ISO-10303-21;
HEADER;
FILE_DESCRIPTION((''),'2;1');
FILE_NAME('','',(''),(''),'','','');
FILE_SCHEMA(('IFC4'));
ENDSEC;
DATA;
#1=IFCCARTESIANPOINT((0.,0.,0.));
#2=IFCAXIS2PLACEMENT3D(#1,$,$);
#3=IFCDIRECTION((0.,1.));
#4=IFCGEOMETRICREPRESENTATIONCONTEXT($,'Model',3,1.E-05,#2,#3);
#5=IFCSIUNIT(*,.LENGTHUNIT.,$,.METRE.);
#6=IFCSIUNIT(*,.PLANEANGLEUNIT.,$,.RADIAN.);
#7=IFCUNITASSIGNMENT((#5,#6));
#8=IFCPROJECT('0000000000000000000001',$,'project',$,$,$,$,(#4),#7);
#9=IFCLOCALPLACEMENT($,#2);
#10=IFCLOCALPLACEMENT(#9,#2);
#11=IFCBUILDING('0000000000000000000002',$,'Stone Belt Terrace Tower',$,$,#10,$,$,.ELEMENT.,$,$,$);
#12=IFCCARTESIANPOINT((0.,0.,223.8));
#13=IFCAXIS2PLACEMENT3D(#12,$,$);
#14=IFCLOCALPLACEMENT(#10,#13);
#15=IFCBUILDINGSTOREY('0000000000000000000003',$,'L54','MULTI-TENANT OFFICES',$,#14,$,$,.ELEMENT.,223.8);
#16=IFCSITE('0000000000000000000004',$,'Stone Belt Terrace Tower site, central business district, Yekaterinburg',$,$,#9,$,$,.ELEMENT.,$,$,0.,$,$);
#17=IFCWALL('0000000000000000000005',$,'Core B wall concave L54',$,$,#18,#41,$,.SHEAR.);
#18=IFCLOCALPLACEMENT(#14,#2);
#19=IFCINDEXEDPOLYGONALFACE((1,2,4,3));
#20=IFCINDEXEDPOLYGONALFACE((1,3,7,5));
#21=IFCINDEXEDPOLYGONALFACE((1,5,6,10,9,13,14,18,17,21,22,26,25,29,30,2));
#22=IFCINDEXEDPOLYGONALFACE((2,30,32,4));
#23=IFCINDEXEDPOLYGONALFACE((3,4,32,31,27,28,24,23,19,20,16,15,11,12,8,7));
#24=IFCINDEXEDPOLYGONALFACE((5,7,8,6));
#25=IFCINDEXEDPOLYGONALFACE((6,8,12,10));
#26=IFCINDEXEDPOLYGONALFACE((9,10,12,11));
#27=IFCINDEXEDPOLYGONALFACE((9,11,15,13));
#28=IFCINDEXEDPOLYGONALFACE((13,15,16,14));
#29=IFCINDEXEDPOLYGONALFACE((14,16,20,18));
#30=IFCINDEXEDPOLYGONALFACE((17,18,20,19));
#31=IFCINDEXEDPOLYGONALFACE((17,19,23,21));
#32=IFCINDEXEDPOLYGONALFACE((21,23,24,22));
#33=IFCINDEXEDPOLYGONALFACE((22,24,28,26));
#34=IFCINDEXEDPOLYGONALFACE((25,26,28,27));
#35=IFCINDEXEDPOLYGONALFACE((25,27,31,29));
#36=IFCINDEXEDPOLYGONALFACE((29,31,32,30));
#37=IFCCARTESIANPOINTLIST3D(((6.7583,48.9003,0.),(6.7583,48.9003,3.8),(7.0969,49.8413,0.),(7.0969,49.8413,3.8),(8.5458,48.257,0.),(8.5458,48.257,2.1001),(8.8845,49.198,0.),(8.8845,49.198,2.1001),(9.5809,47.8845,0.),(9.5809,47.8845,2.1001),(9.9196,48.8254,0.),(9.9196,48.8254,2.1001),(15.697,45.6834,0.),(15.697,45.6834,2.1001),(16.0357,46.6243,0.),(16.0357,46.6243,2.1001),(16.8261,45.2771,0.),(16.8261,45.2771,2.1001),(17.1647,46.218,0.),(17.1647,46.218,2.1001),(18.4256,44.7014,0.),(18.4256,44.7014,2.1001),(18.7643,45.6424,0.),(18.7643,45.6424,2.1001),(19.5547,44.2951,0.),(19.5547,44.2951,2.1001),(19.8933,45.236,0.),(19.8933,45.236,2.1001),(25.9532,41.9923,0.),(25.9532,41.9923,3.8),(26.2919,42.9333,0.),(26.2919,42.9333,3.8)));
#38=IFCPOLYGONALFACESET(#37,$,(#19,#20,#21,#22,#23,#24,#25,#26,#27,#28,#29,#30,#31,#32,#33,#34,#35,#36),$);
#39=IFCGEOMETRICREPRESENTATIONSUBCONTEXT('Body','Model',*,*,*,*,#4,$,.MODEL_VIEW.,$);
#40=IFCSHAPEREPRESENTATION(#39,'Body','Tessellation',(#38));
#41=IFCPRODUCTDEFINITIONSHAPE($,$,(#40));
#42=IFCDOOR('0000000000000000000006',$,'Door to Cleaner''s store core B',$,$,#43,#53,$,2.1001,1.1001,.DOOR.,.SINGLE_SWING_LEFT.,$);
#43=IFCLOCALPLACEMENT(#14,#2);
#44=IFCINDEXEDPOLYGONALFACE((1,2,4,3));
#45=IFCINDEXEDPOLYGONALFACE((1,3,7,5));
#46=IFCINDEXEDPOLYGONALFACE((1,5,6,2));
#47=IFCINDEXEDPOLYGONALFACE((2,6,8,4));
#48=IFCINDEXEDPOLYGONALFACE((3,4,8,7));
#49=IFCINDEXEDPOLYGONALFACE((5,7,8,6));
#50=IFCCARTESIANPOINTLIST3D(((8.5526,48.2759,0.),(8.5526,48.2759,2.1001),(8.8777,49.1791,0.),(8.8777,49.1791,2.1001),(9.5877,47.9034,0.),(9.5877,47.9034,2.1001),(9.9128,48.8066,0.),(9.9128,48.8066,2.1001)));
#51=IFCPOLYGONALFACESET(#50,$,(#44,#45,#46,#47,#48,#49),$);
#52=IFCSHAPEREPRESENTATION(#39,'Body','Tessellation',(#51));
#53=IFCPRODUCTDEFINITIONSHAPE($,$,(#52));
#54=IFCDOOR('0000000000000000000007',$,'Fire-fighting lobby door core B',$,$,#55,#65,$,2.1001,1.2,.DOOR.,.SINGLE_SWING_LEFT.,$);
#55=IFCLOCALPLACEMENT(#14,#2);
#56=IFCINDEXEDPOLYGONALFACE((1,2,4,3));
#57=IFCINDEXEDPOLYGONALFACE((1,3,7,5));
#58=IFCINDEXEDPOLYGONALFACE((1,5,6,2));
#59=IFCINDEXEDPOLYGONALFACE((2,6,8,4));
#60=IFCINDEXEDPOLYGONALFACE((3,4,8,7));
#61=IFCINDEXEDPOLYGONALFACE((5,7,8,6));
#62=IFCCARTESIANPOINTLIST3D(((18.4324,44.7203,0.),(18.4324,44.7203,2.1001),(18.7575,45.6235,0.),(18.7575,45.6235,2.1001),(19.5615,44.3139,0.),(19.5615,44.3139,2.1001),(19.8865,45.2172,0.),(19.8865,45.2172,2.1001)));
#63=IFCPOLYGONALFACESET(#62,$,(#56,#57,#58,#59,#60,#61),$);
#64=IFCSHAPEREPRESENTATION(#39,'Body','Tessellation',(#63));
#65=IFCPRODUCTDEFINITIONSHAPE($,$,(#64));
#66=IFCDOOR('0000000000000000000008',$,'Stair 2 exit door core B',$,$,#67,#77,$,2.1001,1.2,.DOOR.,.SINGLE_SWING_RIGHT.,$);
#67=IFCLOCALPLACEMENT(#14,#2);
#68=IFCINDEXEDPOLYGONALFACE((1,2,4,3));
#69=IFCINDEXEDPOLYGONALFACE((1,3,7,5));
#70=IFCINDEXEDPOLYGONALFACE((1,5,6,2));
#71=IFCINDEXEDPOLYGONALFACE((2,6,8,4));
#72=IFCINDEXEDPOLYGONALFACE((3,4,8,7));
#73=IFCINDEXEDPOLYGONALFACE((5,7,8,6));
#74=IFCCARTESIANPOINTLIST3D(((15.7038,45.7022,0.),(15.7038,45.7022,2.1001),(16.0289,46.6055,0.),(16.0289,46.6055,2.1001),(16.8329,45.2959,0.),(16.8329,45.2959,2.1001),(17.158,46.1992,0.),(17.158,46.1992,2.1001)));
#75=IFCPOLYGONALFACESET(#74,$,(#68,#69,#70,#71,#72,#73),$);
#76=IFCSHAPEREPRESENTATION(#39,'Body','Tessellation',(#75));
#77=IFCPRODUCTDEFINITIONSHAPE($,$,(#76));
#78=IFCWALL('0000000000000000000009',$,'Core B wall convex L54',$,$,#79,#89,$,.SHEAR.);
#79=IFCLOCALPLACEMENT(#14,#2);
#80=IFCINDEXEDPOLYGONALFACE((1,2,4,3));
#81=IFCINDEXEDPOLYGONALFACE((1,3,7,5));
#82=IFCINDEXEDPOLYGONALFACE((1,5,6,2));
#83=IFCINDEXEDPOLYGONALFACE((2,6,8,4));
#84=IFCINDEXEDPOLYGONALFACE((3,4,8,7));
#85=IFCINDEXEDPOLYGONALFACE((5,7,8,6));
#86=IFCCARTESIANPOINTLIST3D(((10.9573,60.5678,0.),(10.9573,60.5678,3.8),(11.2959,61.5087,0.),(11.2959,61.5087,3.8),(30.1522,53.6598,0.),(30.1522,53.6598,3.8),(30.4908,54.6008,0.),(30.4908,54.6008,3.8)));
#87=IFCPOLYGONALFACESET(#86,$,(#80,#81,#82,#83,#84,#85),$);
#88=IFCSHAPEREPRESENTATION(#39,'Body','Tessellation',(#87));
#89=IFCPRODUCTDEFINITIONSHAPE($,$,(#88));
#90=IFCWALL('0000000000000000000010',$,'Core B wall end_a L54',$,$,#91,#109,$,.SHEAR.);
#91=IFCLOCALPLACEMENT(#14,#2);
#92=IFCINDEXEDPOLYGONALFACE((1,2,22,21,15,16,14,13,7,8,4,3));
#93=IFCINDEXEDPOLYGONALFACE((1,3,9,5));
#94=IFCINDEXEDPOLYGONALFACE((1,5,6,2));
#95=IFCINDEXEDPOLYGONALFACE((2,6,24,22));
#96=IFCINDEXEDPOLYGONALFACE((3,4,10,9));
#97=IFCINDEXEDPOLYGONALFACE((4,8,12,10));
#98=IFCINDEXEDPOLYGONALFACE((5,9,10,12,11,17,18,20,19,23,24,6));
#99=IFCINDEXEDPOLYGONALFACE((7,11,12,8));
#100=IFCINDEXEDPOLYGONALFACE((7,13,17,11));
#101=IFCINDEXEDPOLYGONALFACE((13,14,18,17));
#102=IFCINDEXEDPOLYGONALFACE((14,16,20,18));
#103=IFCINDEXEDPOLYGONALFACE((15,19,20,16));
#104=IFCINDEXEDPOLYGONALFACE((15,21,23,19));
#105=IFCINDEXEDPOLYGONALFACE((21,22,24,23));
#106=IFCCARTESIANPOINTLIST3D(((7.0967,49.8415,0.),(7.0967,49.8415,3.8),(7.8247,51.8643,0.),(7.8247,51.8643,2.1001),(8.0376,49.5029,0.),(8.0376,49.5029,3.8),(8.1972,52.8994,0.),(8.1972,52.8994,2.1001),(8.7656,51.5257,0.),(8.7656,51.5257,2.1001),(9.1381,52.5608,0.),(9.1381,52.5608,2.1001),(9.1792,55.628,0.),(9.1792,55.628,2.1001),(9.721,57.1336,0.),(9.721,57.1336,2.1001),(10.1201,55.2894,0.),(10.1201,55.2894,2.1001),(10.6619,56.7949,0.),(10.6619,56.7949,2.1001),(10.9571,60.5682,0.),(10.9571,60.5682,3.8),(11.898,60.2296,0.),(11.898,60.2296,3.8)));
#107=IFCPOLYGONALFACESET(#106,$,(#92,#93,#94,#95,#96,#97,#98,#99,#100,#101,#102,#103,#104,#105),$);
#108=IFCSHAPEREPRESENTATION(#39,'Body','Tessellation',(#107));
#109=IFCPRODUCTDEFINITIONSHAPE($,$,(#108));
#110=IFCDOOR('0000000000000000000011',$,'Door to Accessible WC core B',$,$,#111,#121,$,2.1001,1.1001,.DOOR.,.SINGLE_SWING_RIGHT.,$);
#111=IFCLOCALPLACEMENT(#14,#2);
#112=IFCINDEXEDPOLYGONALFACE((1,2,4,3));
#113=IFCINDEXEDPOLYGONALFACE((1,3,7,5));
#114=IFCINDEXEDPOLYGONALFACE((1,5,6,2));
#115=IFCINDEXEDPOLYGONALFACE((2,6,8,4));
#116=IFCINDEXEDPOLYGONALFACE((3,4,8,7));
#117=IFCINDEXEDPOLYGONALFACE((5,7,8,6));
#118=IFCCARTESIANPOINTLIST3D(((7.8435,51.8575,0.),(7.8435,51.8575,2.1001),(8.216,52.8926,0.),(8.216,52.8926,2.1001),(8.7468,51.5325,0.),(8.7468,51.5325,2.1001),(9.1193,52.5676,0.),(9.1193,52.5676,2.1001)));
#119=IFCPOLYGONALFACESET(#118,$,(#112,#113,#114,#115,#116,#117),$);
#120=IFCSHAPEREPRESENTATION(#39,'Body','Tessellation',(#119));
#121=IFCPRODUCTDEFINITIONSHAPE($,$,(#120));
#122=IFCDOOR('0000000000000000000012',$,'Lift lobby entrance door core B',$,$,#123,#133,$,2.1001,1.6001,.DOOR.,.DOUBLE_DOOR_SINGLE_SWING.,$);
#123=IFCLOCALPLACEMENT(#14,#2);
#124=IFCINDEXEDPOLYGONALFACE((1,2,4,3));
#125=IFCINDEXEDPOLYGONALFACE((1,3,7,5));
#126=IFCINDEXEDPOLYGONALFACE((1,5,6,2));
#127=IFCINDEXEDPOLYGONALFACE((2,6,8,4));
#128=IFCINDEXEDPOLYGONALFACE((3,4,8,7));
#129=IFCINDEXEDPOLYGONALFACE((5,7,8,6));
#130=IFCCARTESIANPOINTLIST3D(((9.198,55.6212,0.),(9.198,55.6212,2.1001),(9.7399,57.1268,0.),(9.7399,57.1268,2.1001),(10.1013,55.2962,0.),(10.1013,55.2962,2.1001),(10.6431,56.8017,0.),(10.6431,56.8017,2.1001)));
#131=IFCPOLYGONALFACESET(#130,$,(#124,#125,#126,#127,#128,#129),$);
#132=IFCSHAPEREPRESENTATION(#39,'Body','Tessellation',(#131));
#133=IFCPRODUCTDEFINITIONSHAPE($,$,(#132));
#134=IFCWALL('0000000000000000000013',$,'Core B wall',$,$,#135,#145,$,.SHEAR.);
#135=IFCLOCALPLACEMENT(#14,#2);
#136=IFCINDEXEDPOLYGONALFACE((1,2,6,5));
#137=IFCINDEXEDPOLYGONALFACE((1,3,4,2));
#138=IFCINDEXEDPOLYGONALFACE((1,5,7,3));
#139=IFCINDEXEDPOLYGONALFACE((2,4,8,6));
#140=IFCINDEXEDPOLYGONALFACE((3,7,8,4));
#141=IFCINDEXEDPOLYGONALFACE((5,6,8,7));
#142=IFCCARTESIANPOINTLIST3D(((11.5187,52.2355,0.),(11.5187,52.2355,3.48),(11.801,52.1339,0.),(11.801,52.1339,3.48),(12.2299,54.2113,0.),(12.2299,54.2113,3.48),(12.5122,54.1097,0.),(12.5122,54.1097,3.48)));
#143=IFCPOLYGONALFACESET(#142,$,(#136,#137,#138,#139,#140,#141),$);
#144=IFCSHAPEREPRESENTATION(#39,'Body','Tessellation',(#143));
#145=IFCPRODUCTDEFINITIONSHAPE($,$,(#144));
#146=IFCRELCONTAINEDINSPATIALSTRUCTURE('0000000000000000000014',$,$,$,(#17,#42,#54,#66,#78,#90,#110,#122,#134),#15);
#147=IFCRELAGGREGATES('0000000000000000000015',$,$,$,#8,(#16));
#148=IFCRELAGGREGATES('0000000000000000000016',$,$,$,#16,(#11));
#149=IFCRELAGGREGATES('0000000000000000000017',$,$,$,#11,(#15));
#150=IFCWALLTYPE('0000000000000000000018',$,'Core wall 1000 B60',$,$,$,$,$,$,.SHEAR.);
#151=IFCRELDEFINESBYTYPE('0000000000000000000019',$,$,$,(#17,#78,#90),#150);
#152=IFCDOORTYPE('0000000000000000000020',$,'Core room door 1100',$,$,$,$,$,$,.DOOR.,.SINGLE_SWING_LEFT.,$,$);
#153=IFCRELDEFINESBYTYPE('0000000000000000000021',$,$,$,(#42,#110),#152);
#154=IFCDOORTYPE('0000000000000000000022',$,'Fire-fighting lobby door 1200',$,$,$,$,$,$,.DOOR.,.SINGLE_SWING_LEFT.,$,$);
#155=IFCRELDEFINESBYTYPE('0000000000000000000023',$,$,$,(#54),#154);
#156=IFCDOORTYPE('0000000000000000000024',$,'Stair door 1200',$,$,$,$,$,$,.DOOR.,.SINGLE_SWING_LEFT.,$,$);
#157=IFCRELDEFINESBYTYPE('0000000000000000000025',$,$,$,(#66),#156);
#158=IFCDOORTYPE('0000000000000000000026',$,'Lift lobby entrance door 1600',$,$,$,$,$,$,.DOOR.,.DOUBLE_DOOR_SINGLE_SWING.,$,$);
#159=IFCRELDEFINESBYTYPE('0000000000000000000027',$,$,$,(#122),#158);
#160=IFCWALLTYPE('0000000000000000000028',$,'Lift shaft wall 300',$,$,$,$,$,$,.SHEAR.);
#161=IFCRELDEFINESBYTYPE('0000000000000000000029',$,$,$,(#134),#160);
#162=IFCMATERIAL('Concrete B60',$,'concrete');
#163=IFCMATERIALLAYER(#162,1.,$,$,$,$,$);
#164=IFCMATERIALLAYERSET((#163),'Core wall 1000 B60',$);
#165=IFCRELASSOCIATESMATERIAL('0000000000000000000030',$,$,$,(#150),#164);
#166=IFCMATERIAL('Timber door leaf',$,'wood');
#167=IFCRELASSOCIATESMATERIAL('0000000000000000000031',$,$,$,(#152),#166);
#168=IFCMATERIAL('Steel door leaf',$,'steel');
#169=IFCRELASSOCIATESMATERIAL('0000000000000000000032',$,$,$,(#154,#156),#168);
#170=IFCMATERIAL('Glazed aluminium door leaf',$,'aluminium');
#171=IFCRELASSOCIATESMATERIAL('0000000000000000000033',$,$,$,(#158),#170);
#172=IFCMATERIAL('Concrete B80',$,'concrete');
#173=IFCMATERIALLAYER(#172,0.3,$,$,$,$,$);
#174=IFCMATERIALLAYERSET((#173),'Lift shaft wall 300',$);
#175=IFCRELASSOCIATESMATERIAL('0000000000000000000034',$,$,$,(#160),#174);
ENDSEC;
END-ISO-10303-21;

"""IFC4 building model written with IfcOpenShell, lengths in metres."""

from ifc_helpers import new_model, si_unit, direction, frame, frame_2d, origin, place, context, subcontext, project, spatial, rectangle, extrude, material, layer, layer_set, type_object, element, fill, save


model = new_model("IFC4")

# Units and contexts
model_context = context("Model", 3, precision=1e-05, world=origin(), true_north=direction((0.0, 1.0)))
body_context = subcontext(model_context, "Body", "Model", "MODEL_VIEW")
ifc_project = project(units=[si_unit("LENGTHUNIT", "METRE"), si_unit("PLANEANGLEUNIT", "RADIAN")], contexts=[model_context])

# Site, building, storey
site_placement = place(None, origin())
site = spatial("IfcSite", under=ifc_project, at=site_placement, Name="Stone Belt Terrace Tower site, central business district, Yekaterinburg", CompositionType="ELEMENT", RefElevation=0.0)
building_placement = place(site_placement, origin())
building = spatial("IfcBuilding", under=site, at=building_placement, Name="Stone Belt Terrace Tower", CompositionType="ELEMENT")
storey_placement = place(building_placement, frame((0.0, 0.0, 223.8)))
storey = spatial("IfcBuildingStorey", under=building, at=storey_placement, Name="L54", Description="MULTI-TENANT OFFICES", CompositionType="ELEMENT", Elevation=223.8)

# Shared definitions
ifc_material_1 = material(Name="Concrete B60", Category="concrete")

# Wall, openings, doors
ifc_layer_1 = layer(ifc_material_1, 1.0)
ifc_layer_set_1 = layer_set([ifc_layer_1], Name="Core wall 1000 B60")
wall_type_1 = type_object("IfcWallType", Name="Core wall 1000 B60", PredefinedType="SHEAR", material=ifc_layer_set_1)
wall_1_placement = place(storey_placement, frame((6.9275, 49.3708, 0.0), z_axis=(0.0, 0.0, 1.0), x_axis=(0.940921, -0.338625, 0.0)))
wall_1 = element("IfcWall", 1, at=wall_1_placement, inside=storey, type_object=wall_type_1, Name="Core B wall concave L54", PredefinedType="SHEAR", context=body_context, shape_type="SweptSolid", body=[
    extrude(rectangle(XDim=20.4001, YDim=1.0, at=frame_2d((10.2002, 0.0))), origin(), (0.0, 0.0, 1.0), 3.8),
])
opening_1_placement = place(wall_1_placement, frame((12.3999, 0.0, 0.0)))
opening_1 = element("IfcOpeningElement", 2, at=opening_1_placement, cuts=wall_1, PredefinedType="OPENING", context=body_context, shape_type="SweptSolid", body=[
    extrude(rectangle(XDim=1.2, YDim=2.1001, at=frame_2d((0.6001, 1.05))), frame((0.0, 0.51, 0.0), z_axis=(0.0, -1.0, 0.0), x_axis=(1.0, 0.0, 0.0)), (0.0, 0.0, 1.0), 1.02),
])
opening_2_placement = place(wall_1_placement, frame((9.5, 0.0, 0.0)))
opening_2 = element("IfcOpeningElement", 3, at=opening_2_placement, cuts=wall_1, PredefinedType="OPENING", context=body_context, shape_type="SweptSolid", body=[
    extrude(rectangle(XDim=1.2, YDim=2.1001, at=frame_2d((0.6001, 1.05))), frame((0.0, 0.51, 0.0), z_axis=(0.0, -1.0, 0.0), x_axis=(1.0, 0.0, 0.0)), (0.0, 0.0, 1.0), 1.02),
])
opening_3_placement = place(wall_1_placement, frame((1.8999, 0.0, 0.0)))
opening_3 = element("IfcOpeningElement", 4, at=opening_3_placement, cuts=wall_1, PredefinedType="OPENING", context=body_context, shape_type="SweptSolid", body=[
    extrude(rectangle(XDim=1.1001, YDim=2.1001, at=frame_2d((0.55, 1.05))), frame((0.0, 0.51, 0.0), z_axis=(0.0, -1.0, 0.0), x_axis=(1.0, 0.0, 0.0)), (0.0, 0.0, 1.0), 1.02),
])
ifc_material_2 = material(Name="Timber door leaf", Category="wood")
door_type_1 = type_object("IfcDoorType", Name="Core room door 1100", OperationType="SINGLE_SWING_LEFT", PredefinedType="DOOR", material=ifc_material_2)
door_1_placement = place(opening_3_placement, origin())
door_1 = element("IfcDoor", 5, at=door_1_placement, inside=storey, type_object=door_type_1, Name="Door to Cleaner's store core B", OperationType="SINGLE_SWING_LEFT", OverallHeight=2.1001, OverallWidth=1.1001, PredefinedType="DOOR", context=body_context, shape_type="SweptSolid", body=[
    extrude(rectangle(XDim=1.1001, YDim=2.1001, at=frame_2d((0.55, 1.05))), frame((0.0, 0.48, 0.0), z_axis=(0.0, -1.0, 0.0), x_axis=(1.0, 0.0, 0.0)), (0.0, 0.0, 1.0), 0.96),
])
fill(opening_3, door_1)
ifc_material_3 = material(Name="Steel door leaf", Category="steel")
door_type_2 = type_object("IfcDoorType", Name="Fire-fighting lobby door 1200", OperationType="SINGLE_SWING_LEFT", PredefinedType="DOOR", material=ifc_material_3)
door_2_placement = place(opening_1_placement, origin())
door_2 = element("IfcDoor", 6, at=door_2_placement, inside=storey, type_object=door_type_2, Name="Fire-fighting lobby door core B", OperationType="SINGLE_SWING_LEFT", OverallHeight=2.1001, OverallWidth=1.2, PredefinedType="DOOR", context=body_context, shape_type="SweptSolid", body=[
    extrude(rectangle(XDim=1.2, YDim=2.1001, at=frame_2d((0.6001, 1.05))), frame((0.0, 0.48, 0.0), z_axis=(0.0, -1.0, 0.0), x_axis=(1.0, 0.0, 0.0)), (0.0, 0.0, 1.0), 0.96),
])
fill(opening_1, door_2)
door_type_3 = type_object("IfcDoorType", Name="Stair door 1200", OperationType="SINGLE_SWING_LEFT", PredefinedType="DOOR", material=ifc_material_3)
door_3_placement = place(opening_2_placement, origin())
door_3 = element("IfcDoor", 7, at=door_3_placement, inside=storey, type_object=door_type_3, Name="Stair 2 exit door core B", OperationType="SINGLE_SWING_RIGHT", OverallHeight=2.1001, OverallWidth=1.2, PredefinedType="DOOR", context=body_context, shape_type="SweptSolid", body=[
    extrude(rectangle(XDim=1.2, YDim=2.1001, at=frame_2d((0.6001, 1.05))), frame((0.0, 0.48, 0.0), z_axis=(0.0, -1.0, 0.0), x_axis=(1.0, 0.0, 0.0)), (0.0, 0.0, 1.0), 0.96),
])
fill(opening_2, door_3)

# Wall
wall_2_placement = place(storey_placement, frame((11.1265, 61.0383, 0.0), z_axis=(0.0, 0.0, 1.0), x_axis=(0.940921, -0.338625, 0.0)))
element("IfcWall", 8, at=wall_2_placement, inside=storey, type_object=wall_type_1, Name="Core B wall convex L54", PredefinedType="SHEAR", context=body_context, shape_type="SweptSolid", body=[
    extrude(rectangle(XDim=20.4001, YDim=1.0, at=frame_2d((10.2002, 0.0))), origin(), (0.0, 0.0, 1.0), 3.8),
])

# Wall, openings, doors
wall_3_placement = place(storey_placement, frame((7.5671, 49.6721, 0.0), z_axis=(0.0, 0.0, 1.0), x_axis=(0.338625, 0.940921, 0.0)))
wall_3 = element("IfcWall", 9, at=wall_3_placement, inside=storey, type_object=wall_type_1, Name="Core B wall end_a L54", PredefinedType="SHEAR", context=body_context, shape_type="SweptSolid", body=[
    extrude(rectangle(XDim=11.4001, YDim=1.0, at=frame_2d((5.7002, 0.0))), origin(), (0.0, 0.0, 1.0), 3.8),
])
opening_4_placement = place(wall_3_placement, frame((6.1499, 0.0, 0.0)))
opening_4 = element("IfcOpeningElement", 10, at=opening_4_placement, cuts=wall_3, PredefinedType="OPENING", context=body_context, shape_type="SweptSolid", body=[
    extrude(rectangle(XDim=1.6001, YDim=2.1001, at=frame_2d((0.8, 1.05))), frame((0.0, 0.51, 0.0), z_axis=(0.0, -1.0, 0.0), x_axis=(1.0, 0.0, 0.0)), (0.0, 0.0, 1.0), 1.02),
])
opening_5_placement = place(wall_3_placement, frame((2.1499, 0.0, 0.0)))
opening_5 = element("IfcOpeningElement", 11, at=opening_5_placement, cuts=wall_3, PredefinedType="OPENING", context=body_context, shape_type="SweptSolid", body=[
    extrude(rectangle(XDim=1.1001, YDim=2.1001, at=frame_2d((0.55, 1.05))), frame((0.0, 0.51, 0.0), z_axis=(0.0, -1.0, 0.0), x_axis=(1.0, 0.0, 0.0)), (0.0, 0.0, 1.0), 1.02),
])
door_4_placement = place(opening_5_placement, origin())
door_4 = element("IfcDoor", 12, at=door_4_placement, inside=storey, type_object=door_type_1, Name="Door to Accessible WC core B", OperationType="SINGLE_SWING_RIGHT", OverallHeight=2.1001, OverallWidth=1.1001, PredefinedType="DOOR", context=body_context, shape_type="SweptSolid", body=[
    extrude(rectangle(XDim=1.1001, YDim=2.1001, at=frame_2d((0.55, 1.05))), frame((0.0, 0.48, 0.0), z_axis=(0.0, -1.0, 0.0), x_axis=(1.0, 0.0, 0.0)), (0.0, 0.0, 1.0), 0.96),
])
fill(opening_5, door_4)
ifc_material_4 = material(Name="Glazed aluminium door leaf", Category="aluminium")
door_type_4 = type_object("IfcDoorType", Name="Lift lobby entrance door 1600", OperationType="DOUBLE_DOOR_SINGLE_SWING", PredefinedType="DOOR", material=ifc_material_4)
door_5_placement = place(opening_4_placement, origin())
door_5 = element("IfcDoor", 13, at=door_5_placement, inside=storey, type_object=door_type_4, Name="Lift lobby entrance door core B", OperationType="DOUBLE_DOOR_SINGLE_SWING", OverallHeight=2.1001, OverallWidth=1.6001, PredefinedType="DOOR", context=body_context, shape_type="SweptSolid", body=[
    extrude(rectangle(XDim=1.6001, YDim=2.1001, at=frame_2d((0.8, 1.05))), frame((0.0, 0.48, 0.0), z_axis=(0.0, -1.0, 0.0), x_axis=(1.0, 0.0, 0.0)), (0.0, 0.0, 1.0), 0.96),
])
fill(opening_4, door_5)

# Wall
ifc_material_5 = material(Name="Concrete B80", Category="concrete")
ifc_layer_2 = layer(ifc_material_5, 0.3)
ifc_layer_set_2 = layer_set([ifc_layer_2], Name="Lift shaft wall 300")
wall_type_2 = type_object("IfcWallType", Name="Lift shaft wall 300", PredefinedType="SHEAR", material=ifc_layer_set_2)
wall_4_placement = place(storey_placement, frame((11.6599, 52.1848, 0.0), z_axis=(0.0, 0.0, 1.0), x_axis=(0.33867, 0.940905, 0.0)))
element("IfcWall", 14, at=wall_4_placement, inside=storey, type_object=wall_type_2, Name="Core B wall", PredefinedType="SHEAR", context=body_context, shape_type="SweptSolid", body=[
    extrude(rectangle(XDim=2.0999, YDim=0.3, at=frame_2d((1.0498, 0.0))), origin(), (0.0, 0.0, 1.0), 3.48),
])

save(model, "model.ifc")
